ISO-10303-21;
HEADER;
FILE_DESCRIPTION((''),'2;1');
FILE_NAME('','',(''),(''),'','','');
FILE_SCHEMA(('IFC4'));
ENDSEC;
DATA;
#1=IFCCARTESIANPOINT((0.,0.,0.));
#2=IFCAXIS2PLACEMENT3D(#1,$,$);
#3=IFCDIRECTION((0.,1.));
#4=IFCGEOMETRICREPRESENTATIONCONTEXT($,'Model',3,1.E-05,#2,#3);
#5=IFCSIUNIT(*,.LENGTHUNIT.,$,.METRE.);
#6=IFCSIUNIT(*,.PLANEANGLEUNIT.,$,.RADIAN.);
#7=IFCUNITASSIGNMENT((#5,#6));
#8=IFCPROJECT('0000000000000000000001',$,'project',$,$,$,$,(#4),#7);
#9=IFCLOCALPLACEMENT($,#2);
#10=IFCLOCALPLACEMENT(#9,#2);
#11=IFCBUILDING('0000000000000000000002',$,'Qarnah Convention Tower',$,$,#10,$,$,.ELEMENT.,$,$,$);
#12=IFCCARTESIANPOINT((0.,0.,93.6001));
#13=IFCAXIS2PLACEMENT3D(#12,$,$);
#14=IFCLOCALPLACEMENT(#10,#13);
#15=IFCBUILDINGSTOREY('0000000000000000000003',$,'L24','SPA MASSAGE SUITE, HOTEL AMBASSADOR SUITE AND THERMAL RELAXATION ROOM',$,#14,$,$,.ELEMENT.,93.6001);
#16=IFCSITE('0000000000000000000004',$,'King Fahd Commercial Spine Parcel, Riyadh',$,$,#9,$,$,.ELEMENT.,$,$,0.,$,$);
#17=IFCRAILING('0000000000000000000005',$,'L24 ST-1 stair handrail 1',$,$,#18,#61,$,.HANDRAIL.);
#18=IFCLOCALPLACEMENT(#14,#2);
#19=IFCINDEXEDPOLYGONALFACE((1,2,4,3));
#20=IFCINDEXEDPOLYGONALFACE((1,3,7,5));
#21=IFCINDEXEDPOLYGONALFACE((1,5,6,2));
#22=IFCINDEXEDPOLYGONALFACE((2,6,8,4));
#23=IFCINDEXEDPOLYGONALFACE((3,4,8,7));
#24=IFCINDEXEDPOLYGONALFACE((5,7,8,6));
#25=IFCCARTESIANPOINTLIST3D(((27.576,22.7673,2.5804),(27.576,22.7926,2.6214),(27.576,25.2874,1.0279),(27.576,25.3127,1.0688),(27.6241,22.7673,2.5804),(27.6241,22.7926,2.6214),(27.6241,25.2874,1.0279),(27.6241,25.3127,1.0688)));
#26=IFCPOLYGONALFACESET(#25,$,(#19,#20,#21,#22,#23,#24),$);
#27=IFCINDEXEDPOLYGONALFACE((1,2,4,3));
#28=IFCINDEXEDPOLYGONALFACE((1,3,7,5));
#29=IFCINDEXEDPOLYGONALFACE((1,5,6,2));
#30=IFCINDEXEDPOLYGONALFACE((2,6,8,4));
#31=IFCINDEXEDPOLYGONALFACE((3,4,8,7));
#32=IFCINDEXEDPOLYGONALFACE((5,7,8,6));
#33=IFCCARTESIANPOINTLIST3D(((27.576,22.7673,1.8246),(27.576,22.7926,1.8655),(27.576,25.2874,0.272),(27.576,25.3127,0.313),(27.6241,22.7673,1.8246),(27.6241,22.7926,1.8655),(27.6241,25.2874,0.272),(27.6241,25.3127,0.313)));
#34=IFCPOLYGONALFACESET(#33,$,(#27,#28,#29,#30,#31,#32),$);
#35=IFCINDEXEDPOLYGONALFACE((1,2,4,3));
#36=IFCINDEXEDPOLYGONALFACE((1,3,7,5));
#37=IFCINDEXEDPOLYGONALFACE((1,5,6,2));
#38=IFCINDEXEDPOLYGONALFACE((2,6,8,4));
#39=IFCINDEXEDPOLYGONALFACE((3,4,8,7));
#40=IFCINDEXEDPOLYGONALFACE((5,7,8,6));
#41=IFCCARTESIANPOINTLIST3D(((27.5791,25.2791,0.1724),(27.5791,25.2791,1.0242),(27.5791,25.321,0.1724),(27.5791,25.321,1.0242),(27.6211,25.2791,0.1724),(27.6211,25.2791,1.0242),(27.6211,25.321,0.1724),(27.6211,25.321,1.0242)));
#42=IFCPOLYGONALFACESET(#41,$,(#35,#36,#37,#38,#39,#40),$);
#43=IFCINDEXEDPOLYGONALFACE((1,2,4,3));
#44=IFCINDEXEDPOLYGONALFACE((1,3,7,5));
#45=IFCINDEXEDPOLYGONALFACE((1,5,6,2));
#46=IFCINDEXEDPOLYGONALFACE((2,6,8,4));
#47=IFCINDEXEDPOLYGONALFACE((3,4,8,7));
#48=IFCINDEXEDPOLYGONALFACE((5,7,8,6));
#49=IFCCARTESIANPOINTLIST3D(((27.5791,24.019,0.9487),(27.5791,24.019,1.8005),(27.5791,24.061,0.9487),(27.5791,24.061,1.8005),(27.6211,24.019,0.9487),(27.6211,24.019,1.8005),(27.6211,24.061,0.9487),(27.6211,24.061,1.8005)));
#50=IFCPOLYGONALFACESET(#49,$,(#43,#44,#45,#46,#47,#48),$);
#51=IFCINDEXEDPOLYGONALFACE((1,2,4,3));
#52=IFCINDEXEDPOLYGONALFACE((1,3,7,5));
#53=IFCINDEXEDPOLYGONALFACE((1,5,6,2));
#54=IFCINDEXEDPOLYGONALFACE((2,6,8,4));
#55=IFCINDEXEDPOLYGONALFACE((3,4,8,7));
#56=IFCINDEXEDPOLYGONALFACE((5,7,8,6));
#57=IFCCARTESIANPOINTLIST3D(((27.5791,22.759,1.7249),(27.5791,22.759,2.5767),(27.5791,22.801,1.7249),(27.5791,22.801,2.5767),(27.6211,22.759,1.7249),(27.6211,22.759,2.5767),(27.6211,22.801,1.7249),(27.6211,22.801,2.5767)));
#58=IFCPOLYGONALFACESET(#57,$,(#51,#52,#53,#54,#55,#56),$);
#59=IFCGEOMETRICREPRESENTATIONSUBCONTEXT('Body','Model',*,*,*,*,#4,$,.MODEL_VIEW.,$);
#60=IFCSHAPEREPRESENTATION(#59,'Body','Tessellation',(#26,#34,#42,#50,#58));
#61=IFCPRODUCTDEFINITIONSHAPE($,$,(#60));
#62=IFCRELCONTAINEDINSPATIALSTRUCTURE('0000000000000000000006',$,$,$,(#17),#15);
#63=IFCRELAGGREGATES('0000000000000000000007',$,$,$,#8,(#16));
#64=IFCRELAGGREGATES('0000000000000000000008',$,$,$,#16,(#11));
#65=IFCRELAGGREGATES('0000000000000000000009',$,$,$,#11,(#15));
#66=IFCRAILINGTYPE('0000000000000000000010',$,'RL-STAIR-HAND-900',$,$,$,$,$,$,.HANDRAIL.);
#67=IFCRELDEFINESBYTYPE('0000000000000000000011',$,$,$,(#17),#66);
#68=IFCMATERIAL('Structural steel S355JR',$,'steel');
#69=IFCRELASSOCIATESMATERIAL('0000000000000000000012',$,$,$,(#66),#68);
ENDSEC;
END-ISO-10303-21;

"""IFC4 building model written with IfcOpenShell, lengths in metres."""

from ifc_helpers import new_model, si_unit, direction, frame, origin, origin_2d, place, context, subcontext, project, spatial, rectangle, extrude, material, type_object, element, save


model = new_model("IFC4")

# Units and contexts
model_context = context("Model", 3, precision=1e-05, world=origin(), true_north=direction((0.0, 1.0)))
body_context = subcontext(model_context, "Body", "Model", "MODEL_VIEW")
ifc_project = project(units=[si_unit("LENGTHUNIT", "METRE"), si_unit("PLANEANGLEUNIT", "RADIAN")], contexts=[model_context])

# Site, building, storey
site_placement = place(None, origin())
site = spatial("IfcSite", under=ifc_project, at=site_placement, Name="King Fahd Commercial Spine Parcel, Riyadh", CompositionType="ELEMENT", RefElevation=0.0)
building_placement = place(site_placement, origin())
building = spatial("IfcBuilding", under=site, at=building_placement, Name="Qarnah Convention Tower", CompositionType="ELEMENT")
storey_placement = place(building_placement, frame((0.0, 0.0, 93.6001)))
storey = spatial("IfcBuildingStorey", under=building, at=storey_placement, Name="L24", Description="SPA MASSAGE SUITE, HOTEL AMBASSADOR SUITE AND THERMAL RELAXATION ROOM", CompositionType="ELEMENT", Elevation=93.6001)

# Shared definitions
ifc_material_1 = material(Name="Structural steel S355JR", Category="steel")

# Railing
railing_type = type_object("IfcRailingType", Name="RL-STAIR-HAND-900", PredefinedType="HANDRAIL", material=ifc_material_1)
railing_placement = place(storey_placement, frame((27.6001, 25.3, 0.1724)))
element("IfcRailing", 1, at=railing_placement, inside=storey, type_object=railing_type, Name="L24 ST-1 stair handrail 1", PredefinedType="HANDRAIL", context=body_context, shape_type="SweptSolid", body=[
    extrude(rectangle(XDim=0.0481, YDim=0.0481, at=origin_2d()), frame((0.0, 0.0, 0.876), z_axis=(0.0, -0.8514, 0.524516), x_axis=(1.0, 0.0, 0.0)), (0.0, 0.0, 1.0), 2.96),
    extrude(rectangle(XDim=0.0481, YDim=0.0481, at=origin_2d()), frame((0.0, 0.0, 0.1201), z_axis=(0.0, -0.8514, 0.524516), x_axis=(1.0, 0.0, 0.0)), (0.0, 0.0, 1.0), 2.96),
    extrude(rectangle(XDim=0.042, YDim=0.042, at=origin_2d()), origin(), (0.0, 0.0, 1.0), 0.8518),
    extrude(rectangle(XDim=0.042, YDim=0.042, at=origin_2d()), frame((0.0, -1.26, 0.7764)), (0.0, 0.0, 1.0), 0.8518),
    extrude(rectangle(XDim=0.042, YDim=0.042, at=origin_2d()), frame((0.0, -2.52, 1.5525)), (0.0, 0.0, 1.0), 0.8518),
])

save(model, "model.ifc")
